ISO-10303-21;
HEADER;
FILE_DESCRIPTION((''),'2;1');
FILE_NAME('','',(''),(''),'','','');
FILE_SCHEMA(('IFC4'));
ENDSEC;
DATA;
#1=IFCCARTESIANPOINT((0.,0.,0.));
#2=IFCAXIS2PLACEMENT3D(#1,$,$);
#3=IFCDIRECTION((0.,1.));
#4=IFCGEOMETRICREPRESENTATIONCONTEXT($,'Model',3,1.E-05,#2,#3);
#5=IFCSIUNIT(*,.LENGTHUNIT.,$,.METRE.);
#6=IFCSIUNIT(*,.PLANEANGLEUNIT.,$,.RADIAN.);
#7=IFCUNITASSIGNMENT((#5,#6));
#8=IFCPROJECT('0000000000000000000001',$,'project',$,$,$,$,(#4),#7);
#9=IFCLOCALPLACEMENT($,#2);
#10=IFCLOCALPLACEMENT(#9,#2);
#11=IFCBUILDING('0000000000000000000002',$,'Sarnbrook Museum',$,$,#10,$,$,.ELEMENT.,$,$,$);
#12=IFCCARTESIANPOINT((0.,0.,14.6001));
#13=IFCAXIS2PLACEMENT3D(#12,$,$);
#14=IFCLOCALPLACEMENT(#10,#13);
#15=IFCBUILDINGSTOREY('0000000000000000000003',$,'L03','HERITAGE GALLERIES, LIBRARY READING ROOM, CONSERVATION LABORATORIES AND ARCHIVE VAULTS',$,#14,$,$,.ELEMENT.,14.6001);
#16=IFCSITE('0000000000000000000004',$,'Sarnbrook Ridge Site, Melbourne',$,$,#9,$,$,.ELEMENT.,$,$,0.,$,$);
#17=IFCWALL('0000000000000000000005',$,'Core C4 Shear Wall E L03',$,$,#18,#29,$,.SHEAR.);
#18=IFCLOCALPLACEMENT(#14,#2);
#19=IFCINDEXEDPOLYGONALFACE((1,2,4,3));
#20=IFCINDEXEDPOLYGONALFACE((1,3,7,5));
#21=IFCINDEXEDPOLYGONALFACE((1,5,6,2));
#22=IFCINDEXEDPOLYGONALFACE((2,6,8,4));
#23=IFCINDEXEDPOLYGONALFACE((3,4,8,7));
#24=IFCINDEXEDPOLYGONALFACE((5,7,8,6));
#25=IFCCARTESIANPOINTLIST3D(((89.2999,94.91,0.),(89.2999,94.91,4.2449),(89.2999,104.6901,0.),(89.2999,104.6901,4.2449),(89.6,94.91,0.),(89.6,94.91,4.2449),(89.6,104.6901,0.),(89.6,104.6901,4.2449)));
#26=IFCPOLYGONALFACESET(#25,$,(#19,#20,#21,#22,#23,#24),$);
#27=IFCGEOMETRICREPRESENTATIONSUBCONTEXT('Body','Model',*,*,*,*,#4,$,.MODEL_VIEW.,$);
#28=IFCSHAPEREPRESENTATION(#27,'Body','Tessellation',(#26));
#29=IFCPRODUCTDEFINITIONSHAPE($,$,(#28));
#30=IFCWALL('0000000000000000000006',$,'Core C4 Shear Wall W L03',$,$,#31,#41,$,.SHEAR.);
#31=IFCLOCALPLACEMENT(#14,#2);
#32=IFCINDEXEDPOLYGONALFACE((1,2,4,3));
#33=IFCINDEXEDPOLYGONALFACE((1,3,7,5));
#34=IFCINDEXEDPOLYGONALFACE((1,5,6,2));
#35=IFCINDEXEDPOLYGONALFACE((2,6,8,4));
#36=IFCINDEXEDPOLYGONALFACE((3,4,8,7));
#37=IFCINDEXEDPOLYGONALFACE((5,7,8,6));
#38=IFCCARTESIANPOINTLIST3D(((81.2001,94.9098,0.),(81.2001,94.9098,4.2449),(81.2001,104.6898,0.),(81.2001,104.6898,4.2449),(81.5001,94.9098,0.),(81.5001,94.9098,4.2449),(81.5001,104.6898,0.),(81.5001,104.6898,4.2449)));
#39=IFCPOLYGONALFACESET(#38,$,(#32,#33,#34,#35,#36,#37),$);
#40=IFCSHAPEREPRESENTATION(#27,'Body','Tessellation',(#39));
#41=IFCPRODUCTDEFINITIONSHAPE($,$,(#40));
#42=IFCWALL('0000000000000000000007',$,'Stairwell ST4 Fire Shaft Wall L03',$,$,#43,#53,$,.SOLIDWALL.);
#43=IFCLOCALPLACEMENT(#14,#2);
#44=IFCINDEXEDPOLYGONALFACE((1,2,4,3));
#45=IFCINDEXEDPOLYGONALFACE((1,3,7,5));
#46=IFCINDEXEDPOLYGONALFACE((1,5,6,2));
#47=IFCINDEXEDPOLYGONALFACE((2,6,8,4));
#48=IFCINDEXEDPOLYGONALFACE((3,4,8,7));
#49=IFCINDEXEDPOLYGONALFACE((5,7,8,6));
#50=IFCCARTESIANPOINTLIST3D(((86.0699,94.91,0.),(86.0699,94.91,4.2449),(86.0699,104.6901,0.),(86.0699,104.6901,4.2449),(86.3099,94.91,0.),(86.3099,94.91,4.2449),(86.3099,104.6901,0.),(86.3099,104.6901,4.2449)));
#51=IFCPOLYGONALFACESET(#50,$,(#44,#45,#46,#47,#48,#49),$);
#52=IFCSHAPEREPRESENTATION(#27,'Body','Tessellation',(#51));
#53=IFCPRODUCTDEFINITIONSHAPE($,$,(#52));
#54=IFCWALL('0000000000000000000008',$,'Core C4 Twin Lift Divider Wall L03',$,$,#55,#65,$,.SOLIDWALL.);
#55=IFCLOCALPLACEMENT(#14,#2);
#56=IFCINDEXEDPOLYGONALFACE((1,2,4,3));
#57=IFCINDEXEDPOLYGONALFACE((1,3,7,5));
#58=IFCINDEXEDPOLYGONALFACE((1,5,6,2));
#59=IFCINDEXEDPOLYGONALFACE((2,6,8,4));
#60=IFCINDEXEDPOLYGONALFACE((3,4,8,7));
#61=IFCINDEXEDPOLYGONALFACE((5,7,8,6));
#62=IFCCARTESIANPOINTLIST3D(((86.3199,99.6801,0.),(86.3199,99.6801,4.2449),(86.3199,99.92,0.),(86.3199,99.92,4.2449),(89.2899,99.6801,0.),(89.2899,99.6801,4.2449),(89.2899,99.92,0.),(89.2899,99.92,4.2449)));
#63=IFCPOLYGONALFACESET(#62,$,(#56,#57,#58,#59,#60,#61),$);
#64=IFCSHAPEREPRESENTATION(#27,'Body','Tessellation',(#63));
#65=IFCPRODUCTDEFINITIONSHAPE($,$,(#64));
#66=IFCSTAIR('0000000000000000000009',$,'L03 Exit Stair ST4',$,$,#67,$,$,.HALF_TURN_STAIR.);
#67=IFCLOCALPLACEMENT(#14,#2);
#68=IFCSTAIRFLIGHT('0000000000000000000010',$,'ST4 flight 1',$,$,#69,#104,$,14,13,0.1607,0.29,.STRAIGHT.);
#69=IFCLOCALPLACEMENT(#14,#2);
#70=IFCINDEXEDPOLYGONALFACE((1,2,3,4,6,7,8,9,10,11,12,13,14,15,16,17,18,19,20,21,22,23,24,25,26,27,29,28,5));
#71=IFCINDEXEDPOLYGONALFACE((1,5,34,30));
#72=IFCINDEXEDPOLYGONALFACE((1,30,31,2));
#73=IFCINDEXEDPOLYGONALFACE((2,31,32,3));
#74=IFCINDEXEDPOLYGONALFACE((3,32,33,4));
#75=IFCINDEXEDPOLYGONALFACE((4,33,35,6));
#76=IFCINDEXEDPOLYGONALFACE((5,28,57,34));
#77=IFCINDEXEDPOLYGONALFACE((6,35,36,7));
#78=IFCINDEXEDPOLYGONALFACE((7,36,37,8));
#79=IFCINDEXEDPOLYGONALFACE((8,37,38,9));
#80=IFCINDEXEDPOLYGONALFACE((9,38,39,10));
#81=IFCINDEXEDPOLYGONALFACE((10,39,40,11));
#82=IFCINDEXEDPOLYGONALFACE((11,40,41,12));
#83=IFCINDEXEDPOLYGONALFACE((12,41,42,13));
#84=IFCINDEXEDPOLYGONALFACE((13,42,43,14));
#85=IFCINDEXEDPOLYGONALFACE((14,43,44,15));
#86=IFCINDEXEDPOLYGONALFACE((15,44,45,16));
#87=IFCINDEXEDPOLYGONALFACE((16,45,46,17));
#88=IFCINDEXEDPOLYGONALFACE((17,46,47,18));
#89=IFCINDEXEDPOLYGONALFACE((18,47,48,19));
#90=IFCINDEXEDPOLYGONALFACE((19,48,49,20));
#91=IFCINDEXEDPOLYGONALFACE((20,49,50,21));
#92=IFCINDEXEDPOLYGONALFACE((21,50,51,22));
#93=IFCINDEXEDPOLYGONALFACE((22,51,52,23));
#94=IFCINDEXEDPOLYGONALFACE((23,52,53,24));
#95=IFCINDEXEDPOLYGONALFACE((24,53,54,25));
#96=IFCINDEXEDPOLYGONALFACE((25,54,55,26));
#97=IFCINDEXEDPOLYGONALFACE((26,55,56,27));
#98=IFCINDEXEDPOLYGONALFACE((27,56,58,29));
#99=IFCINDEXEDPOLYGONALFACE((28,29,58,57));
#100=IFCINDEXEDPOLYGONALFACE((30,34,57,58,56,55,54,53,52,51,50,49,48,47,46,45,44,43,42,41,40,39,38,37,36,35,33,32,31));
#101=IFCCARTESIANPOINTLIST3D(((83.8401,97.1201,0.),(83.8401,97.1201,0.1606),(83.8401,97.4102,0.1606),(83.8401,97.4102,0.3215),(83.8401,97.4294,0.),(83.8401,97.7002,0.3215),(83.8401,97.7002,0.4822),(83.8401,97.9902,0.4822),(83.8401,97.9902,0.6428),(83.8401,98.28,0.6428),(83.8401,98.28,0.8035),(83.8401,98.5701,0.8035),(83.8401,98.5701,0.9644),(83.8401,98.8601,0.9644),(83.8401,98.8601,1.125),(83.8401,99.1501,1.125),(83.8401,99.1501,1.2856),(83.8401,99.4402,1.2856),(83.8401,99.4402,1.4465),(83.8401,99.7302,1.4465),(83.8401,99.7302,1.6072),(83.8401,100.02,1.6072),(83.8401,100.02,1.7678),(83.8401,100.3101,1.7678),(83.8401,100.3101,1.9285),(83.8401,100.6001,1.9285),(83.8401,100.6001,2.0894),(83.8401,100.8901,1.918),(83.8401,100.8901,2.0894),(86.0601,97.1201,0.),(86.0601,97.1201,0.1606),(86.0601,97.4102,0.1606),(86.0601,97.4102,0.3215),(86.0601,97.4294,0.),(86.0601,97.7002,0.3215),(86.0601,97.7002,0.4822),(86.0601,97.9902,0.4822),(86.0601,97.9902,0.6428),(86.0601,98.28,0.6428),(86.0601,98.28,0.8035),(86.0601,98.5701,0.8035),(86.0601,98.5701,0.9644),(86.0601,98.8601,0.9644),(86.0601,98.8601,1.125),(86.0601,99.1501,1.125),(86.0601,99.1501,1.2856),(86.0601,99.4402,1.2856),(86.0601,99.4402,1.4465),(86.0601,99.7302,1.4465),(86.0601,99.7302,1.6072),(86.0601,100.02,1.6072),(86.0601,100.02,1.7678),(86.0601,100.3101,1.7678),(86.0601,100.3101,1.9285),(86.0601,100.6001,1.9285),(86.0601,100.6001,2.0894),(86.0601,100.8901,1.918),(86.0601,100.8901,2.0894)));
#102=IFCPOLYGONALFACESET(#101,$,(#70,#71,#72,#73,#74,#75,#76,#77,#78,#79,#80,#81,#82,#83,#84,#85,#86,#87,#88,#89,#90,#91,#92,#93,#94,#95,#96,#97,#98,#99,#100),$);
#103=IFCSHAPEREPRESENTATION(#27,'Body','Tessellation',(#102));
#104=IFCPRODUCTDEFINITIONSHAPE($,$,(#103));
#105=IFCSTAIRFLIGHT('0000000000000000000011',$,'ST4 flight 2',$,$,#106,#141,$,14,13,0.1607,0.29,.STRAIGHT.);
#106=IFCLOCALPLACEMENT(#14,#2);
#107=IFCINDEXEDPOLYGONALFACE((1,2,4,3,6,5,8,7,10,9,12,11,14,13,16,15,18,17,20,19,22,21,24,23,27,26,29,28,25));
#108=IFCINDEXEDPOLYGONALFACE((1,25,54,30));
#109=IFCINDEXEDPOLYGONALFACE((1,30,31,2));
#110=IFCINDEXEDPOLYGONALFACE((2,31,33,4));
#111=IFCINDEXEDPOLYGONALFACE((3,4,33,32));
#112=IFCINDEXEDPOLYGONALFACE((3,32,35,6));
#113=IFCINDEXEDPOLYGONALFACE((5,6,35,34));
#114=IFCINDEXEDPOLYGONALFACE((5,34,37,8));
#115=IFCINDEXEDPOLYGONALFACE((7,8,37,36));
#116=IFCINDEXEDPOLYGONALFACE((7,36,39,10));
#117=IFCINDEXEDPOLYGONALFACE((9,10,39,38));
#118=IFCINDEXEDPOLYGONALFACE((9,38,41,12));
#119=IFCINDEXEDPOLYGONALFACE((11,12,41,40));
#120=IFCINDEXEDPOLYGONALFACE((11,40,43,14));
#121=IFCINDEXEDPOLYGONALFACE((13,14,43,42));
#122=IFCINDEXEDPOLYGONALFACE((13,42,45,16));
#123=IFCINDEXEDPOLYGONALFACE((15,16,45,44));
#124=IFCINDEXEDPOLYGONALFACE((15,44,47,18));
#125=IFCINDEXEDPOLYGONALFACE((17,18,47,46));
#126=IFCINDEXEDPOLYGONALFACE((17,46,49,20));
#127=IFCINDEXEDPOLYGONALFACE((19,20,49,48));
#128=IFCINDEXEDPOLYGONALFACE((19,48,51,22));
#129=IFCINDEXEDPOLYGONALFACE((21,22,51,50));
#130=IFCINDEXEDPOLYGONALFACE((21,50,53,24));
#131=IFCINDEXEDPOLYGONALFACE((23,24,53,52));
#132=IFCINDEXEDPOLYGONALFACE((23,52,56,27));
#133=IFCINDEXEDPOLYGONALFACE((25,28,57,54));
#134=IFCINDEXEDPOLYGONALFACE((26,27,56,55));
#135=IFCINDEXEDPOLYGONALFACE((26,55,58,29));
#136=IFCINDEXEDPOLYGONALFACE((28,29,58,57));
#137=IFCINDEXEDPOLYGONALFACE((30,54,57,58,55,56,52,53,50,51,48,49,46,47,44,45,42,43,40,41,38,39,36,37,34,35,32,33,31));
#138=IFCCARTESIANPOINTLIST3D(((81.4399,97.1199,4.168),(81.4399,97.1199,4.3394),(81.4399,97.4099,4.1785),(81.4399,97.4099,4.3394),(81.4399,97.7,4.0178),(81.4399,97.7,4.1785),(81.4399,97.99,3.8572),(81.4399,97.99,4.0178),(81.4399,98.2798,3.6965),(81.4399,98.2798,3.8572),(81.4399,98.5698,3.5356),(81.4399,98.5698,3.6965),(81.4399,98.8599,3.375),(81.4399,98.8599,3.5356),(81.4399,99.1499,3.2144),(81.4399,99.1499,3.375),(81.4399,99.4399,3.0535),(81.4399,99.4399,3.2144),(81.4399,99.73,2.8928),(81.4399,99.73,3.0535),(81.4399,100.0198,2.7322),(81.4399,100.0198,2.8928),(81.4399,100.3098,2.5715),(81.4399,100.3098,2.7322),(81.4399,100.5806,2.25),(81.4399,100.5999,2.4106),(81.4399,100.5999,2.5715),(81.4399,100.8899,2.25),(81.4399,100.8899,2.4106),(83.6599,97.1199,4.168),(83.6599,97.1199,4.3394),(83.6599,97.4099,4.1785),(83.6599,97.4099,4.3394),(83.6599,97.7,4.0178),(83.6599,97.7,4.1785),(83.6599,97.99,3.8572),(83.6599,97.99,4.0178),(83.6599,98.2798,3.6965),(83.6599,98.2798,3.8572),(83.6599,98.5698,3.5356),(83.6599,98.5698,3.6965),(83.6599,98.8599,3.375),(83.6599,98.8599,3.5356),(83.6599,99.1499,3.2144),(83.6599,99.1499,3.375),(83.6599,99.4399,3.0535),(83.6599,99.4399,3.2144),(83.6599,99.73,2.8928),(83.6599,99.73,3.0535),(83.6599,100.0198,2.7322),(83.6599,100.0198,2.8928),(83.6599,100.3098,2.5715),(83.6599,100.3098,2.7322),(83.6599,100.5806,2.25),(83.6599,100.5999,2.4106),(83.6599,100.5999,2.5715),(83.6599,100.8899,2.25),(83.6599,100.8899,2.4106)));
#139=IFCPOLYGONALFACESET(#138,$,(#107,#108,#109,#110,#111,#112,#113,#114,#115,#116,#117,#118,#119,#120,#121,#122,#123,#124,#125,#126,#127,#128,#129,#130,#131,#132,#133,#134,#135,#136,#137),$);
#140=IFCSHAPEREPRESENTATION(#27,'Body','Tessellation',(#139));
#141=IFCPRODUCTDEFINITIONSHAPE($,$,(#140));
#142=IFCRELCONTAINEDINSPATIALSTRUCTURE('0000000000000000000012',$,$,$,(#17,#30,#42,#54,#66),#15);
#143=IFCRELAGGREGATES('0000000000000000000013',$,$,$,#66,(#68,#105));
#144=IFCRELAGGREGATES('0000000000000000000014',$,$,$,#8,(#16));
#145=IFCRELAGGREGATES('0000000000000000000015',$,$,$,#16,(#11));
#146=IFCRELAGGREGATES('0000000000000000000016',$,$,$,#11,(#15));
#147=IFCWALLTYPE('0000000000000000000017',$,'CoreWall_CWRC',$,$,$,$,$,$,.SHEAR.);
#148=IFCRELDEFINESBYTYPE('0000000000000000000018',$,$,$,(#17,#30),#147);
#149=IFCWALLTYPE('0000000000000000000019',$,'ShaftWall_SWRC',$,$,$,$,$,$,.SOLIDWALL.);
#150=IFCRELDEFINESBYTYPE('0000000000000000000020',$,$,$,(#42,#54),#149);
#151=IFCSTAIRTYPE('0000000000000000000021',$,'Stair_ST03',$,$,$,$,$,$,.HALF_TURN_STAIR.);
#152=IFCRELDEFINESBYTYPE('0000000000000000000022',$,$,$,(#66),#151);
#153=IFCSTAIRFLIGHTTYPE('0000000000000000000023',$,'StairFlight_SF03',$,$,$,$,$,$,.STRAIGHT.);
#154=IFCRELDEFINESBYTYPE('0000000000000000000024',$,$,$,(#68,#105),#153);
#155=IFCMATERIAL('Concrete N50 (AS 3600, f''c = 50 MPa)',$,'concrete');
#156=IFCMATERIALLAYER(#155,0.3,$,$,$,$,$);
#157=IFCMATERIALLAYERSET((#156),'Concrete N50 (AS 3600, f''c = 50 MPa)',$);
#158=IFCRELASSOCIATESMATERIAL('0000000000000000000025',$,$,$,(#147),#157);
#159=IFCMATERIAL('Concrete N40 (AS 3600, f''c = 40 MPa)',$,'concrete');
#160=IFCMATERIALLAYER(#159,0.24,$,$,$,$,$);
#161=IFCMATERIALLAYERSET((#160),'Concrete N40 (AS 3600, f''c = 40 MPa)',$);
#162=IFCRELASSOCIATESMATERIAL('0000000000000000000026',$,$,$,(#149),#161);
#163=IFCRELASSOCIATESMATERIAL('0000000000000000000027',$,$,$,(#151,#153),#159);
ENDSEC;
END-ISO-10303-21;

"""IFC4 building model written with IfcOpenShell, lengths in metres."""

from ifc_helpers import new_model, si_unit, direction, frame, frame_2d, origin, place, context, subcontext, project, spatial, polyline, rectangle, outline, extrude, material, layer, layer_set, type_object, element, aggregate, save


model = new_model("IFC4")

# Units and contexts
model_context = context("Model", 3, precision=1e-05, world=origin(), true_north=direction((0.0, 1.0)))
body_context = subcontext(model_context, "Body", "Model", "MODEL_VIEW")
ifc_project = project(units=[si_unit("LENGTHUNIT", "METRE"), si_unit("PLANEANGLEUNIT", "RADIAN")], contexts=[model_context])

# Site, building, storey
site_placement = place(None, origin())
site = spatial("IfcSite", under=ifc_project, at=site_placement, Name="Sarnbrook Ridge Site, Melbourne", CompositionType="ELEMENT", RefElevation=0.0)
building_placement = place(site_placement, origin())
building = spatial("IfcBuilding", under=site, at=building_placement, Name="Sarnbrook Museum", CompositionType="ELEMENT")
storey_placement = place(building_placement, frame((0.0, 0.0, 14.6001)))
storey = spatial("IfcBuildingStorey", under=building, at=storey_placement, Name="L03", Description="HERITAGE GALLERIES, LIBRARY READING ROOM, CONSERVATION LABORATORIES AND ARCHIVE VAULTS", CompositionType="ELEMENT", Elevation=14.6001)

# Shared definitions
ifc_material_1 = material(Name="Concrete N50 (AS 3600, f'c = 50 MPa)", Category="concrete")
ifc_layer_1 = layer(ifc_material_1, 0.3)
ifc_layer_set_1 = layer_set([ifc_layer_1], Name="Concrete N50 (AS 3600, f'c = 50 MPa)")
wall_type_1 = type_object("IfcWallType", Name="CoreWall_CWRC", PredefinedType="SHEAR", material=ifc_layer_set_1)

# Walls
for number, where, z_axis, x_axis, name in (
    (1, (89.45, 94.9099, 0.0), (0.0, 0.0, 1.0), (0.0, 1.0, 0.0), "Core C4 Shear Wall E L03"),
    (2, (81.3501, 104.6899, 0.0), (0.0, 0.0, 1.0), (0.0, -1.0, 0.0), "Core C4 Shear Wall W L03"),
):
    element("IfcWall", number, at=place(storey_placement, frame(where, z_axis=z_axis, x_axis=x_axis)), inside=storey, type_object=wall_type_1, Name=name, PredefinedType="SHEAR", context=body_context, shape_type="SweptSolid", body=[
        extrude(rectangle(XDim=9.78, YDim=0.3, at=frame_2d((4.8901, 0.0))), origin(), (0.0, 0.0, 1.0), 4.2449),
    ])
ifc_material_2 = material(Name="Concrete N40 (AS 3600, f'c = 40 MPa)", Category="concrete")
ifc_layer_2 = layer(ifc_material_2, 0.24)
ifc_layer_set_2 = layer_set([ifc_layer_2], Name="Concrete N40 (AS 3600, f'c = 40 MPa)")
wall_type_2 = type_object("IfcWallType", Name="ShaftWall_SWRC", PredefinedType="SOLIDWALL", material=ifc_layer_set_2)
wall_1_placement = place(storey_placement, frame((86.1899, 94.9099, 0.0), z_axis=(0.0, 0.0, 1.0), x_axis=(0.0, 1.0, 0.0)))
element("IfcWall", 3, at=wall_1_placement, inside=storey, type_object=wall_type_2, Name="Stairwell ST4 Fire Shaft Wall L03", PredefinedType="SOLIDWALL", context=body_context, shape_type="SweptSolid", body=[
    extrude(rectangle(XDim=9.78, YDim=0.24, at=frame_2d((4.8901, 0.0))), origin(), (0.0, 0.0, 1.0), 4.2449),
])
wall_2_placement = place(storey_placement, frame((86.3201, 99.8, 0.0), z_axis=(0.0, 0.0, 1.0), x_axis=(1.0, 0.0, 0.0)))
element("IfcWall", 4, at=wall_2_placement, inside=storey, type_object=wall_type_2, Name="Core C4 Twin Lift Divider Wall L03", PredefinedType="SOLIDWALL", context=body_context, shape_type="SweptSolid", body=[
    extrude(rectangle(XDim=2.97, YDim=0.24, at=frame_2d((1.4849, 0.0))), origin(), (0.0, 0.0, 1.0), 4.2449),
])

# Stair, stair flights
stair_type = type_object("IfcStairType", Name="Stair_ST03", PredefinedType="HALF_TURN_STAIR", material=ifc_material_2)
stair_placement = place(storey_placement, origin())
stair = element("IfcStair", 5, at=stair_placement, inside=storey, type_object=stair_type, Name="L03 Exit Stair ST4", PredefinedType="HALF_TURN_STAIR")
stair_flight_type = type_object("IfcStairFlightType", Name="StairFlight_SF03", PredefinedType="STRAIGHT", material=ifc_material_2)
stair_flight_1_placement = place(storey_placement, frame((84.95, 97.1201, 0.0), z_axis=(0.0, 0.0, 1.0), x_axis=(0.0, 1.0, 0.0)))
stair_flight_1 = element("IfcStairFlight", 6, at=stair_flight_1_placement, type_object=stair_flight_type, Name="ST4 flight 1", NumberOfRisers=14, NumberOfTreads=13, PredefinedType="STRAIGHT", RiserHeight=0.1607, TreadLength=0.29, context=body_context, shape_type="SweptSolid", body=[
    extrude(outline(polyline([(0.0, 0.0), (0.0, 0.1606), (0.29, 0.1606), (0.29, 0.3215), (0.5801, 0.3215), (0.5801, 0.4822), (0.8701, 0.4822), (0.8701, 0.6428), (1.1599, 0.6428), (1.1599, 0.8035), (1.45, 0.8035), (1.45, 0.9644), (1.74, 0.9644), (1.74, 1.125), (2.03, 1.125), (2.03, 1.2856), (2.3201, 1.2856), (2.3201, 1.4465), (2.6101, 1.4465), (2.6101, 1.6072), (2.8999, 1.6072), (2.8999, 1.7678), (3.1899, 1.7678), (3.1899, 1.9285), (3.48, 1.9285), (3.48, 2.0894), (3.77, 2.0894), (3.77, 2.25), (3.77, 1.918), (0.3093, 0.0), (0.0, 0.0)])), frame((0.0, 1.1099, 0.0), z_axis=(0.0, -1.0, 0.0), x_axis=(1.0, 0.0, 0.0)), (0.0, 0.0, 1.0), 2.22),
])
stair_flight_2_placement = place(storey_placement, frame((82.55, 100.8899, 2.25), z_axis=(0.0, 0.0, 1.0), x_axis=(0.0, -1.0, 0.0)))
stair_flight_2 = element("IfcStairFlight", 7, at=stair_flight_2_placement, type_object=stair_flight_type, Name="ST4 flight 2", NumberOfRisers=14, NumberOfTreads=13, PredefinedType="STRAIGHT", RiserHeight=0.1607, TreadLength=0.29, context=body_context, shape_type="SweptSolid", body=[
    extrude(outline(polyline([(0.0, 0.0), (0.0, 0.1606), (0.29, 0.1606), (0.29, 0.3215), (0.5801, 0.3215), (0.5801, 0.4822), (0.8701, 0.4822), (0.8701, 0.6428), (1.1599, 0.6428), (1.1599, 0.8035), (1.45, 0.8035), (1.45, 0.9644), (1.74, 0.9644), (1.74, 1.125), (2.03, 1.125), (2.03, 1.2856), (2.3201, 1.2856), (2.3201, 1.4465), (2.6101, 1.4465), (2.6101, 1.6072), (2.8999, 1.6072), (2.8999, 1.7678), (3.1899, 1.7678), (3.1899, 1.9285), (3.48, 1.9285), (3.48, 2.0894), (3.77, 2.0894), (3.77, 2.25), (3.77, 1.918), (0.3093, 0.0), (0.0, 0.0)])), frame((0.0, 1.1099, 0.0), z_axis=(0.0, -1.0, 0.0), x_axis=(1.0, 0.0, 0.0)), (0.0, 0.0, 1.0), 2.22),
])
aggregate(stair, [stair_flight_1, stair_flight_2])

save(model, "model.ifc")
